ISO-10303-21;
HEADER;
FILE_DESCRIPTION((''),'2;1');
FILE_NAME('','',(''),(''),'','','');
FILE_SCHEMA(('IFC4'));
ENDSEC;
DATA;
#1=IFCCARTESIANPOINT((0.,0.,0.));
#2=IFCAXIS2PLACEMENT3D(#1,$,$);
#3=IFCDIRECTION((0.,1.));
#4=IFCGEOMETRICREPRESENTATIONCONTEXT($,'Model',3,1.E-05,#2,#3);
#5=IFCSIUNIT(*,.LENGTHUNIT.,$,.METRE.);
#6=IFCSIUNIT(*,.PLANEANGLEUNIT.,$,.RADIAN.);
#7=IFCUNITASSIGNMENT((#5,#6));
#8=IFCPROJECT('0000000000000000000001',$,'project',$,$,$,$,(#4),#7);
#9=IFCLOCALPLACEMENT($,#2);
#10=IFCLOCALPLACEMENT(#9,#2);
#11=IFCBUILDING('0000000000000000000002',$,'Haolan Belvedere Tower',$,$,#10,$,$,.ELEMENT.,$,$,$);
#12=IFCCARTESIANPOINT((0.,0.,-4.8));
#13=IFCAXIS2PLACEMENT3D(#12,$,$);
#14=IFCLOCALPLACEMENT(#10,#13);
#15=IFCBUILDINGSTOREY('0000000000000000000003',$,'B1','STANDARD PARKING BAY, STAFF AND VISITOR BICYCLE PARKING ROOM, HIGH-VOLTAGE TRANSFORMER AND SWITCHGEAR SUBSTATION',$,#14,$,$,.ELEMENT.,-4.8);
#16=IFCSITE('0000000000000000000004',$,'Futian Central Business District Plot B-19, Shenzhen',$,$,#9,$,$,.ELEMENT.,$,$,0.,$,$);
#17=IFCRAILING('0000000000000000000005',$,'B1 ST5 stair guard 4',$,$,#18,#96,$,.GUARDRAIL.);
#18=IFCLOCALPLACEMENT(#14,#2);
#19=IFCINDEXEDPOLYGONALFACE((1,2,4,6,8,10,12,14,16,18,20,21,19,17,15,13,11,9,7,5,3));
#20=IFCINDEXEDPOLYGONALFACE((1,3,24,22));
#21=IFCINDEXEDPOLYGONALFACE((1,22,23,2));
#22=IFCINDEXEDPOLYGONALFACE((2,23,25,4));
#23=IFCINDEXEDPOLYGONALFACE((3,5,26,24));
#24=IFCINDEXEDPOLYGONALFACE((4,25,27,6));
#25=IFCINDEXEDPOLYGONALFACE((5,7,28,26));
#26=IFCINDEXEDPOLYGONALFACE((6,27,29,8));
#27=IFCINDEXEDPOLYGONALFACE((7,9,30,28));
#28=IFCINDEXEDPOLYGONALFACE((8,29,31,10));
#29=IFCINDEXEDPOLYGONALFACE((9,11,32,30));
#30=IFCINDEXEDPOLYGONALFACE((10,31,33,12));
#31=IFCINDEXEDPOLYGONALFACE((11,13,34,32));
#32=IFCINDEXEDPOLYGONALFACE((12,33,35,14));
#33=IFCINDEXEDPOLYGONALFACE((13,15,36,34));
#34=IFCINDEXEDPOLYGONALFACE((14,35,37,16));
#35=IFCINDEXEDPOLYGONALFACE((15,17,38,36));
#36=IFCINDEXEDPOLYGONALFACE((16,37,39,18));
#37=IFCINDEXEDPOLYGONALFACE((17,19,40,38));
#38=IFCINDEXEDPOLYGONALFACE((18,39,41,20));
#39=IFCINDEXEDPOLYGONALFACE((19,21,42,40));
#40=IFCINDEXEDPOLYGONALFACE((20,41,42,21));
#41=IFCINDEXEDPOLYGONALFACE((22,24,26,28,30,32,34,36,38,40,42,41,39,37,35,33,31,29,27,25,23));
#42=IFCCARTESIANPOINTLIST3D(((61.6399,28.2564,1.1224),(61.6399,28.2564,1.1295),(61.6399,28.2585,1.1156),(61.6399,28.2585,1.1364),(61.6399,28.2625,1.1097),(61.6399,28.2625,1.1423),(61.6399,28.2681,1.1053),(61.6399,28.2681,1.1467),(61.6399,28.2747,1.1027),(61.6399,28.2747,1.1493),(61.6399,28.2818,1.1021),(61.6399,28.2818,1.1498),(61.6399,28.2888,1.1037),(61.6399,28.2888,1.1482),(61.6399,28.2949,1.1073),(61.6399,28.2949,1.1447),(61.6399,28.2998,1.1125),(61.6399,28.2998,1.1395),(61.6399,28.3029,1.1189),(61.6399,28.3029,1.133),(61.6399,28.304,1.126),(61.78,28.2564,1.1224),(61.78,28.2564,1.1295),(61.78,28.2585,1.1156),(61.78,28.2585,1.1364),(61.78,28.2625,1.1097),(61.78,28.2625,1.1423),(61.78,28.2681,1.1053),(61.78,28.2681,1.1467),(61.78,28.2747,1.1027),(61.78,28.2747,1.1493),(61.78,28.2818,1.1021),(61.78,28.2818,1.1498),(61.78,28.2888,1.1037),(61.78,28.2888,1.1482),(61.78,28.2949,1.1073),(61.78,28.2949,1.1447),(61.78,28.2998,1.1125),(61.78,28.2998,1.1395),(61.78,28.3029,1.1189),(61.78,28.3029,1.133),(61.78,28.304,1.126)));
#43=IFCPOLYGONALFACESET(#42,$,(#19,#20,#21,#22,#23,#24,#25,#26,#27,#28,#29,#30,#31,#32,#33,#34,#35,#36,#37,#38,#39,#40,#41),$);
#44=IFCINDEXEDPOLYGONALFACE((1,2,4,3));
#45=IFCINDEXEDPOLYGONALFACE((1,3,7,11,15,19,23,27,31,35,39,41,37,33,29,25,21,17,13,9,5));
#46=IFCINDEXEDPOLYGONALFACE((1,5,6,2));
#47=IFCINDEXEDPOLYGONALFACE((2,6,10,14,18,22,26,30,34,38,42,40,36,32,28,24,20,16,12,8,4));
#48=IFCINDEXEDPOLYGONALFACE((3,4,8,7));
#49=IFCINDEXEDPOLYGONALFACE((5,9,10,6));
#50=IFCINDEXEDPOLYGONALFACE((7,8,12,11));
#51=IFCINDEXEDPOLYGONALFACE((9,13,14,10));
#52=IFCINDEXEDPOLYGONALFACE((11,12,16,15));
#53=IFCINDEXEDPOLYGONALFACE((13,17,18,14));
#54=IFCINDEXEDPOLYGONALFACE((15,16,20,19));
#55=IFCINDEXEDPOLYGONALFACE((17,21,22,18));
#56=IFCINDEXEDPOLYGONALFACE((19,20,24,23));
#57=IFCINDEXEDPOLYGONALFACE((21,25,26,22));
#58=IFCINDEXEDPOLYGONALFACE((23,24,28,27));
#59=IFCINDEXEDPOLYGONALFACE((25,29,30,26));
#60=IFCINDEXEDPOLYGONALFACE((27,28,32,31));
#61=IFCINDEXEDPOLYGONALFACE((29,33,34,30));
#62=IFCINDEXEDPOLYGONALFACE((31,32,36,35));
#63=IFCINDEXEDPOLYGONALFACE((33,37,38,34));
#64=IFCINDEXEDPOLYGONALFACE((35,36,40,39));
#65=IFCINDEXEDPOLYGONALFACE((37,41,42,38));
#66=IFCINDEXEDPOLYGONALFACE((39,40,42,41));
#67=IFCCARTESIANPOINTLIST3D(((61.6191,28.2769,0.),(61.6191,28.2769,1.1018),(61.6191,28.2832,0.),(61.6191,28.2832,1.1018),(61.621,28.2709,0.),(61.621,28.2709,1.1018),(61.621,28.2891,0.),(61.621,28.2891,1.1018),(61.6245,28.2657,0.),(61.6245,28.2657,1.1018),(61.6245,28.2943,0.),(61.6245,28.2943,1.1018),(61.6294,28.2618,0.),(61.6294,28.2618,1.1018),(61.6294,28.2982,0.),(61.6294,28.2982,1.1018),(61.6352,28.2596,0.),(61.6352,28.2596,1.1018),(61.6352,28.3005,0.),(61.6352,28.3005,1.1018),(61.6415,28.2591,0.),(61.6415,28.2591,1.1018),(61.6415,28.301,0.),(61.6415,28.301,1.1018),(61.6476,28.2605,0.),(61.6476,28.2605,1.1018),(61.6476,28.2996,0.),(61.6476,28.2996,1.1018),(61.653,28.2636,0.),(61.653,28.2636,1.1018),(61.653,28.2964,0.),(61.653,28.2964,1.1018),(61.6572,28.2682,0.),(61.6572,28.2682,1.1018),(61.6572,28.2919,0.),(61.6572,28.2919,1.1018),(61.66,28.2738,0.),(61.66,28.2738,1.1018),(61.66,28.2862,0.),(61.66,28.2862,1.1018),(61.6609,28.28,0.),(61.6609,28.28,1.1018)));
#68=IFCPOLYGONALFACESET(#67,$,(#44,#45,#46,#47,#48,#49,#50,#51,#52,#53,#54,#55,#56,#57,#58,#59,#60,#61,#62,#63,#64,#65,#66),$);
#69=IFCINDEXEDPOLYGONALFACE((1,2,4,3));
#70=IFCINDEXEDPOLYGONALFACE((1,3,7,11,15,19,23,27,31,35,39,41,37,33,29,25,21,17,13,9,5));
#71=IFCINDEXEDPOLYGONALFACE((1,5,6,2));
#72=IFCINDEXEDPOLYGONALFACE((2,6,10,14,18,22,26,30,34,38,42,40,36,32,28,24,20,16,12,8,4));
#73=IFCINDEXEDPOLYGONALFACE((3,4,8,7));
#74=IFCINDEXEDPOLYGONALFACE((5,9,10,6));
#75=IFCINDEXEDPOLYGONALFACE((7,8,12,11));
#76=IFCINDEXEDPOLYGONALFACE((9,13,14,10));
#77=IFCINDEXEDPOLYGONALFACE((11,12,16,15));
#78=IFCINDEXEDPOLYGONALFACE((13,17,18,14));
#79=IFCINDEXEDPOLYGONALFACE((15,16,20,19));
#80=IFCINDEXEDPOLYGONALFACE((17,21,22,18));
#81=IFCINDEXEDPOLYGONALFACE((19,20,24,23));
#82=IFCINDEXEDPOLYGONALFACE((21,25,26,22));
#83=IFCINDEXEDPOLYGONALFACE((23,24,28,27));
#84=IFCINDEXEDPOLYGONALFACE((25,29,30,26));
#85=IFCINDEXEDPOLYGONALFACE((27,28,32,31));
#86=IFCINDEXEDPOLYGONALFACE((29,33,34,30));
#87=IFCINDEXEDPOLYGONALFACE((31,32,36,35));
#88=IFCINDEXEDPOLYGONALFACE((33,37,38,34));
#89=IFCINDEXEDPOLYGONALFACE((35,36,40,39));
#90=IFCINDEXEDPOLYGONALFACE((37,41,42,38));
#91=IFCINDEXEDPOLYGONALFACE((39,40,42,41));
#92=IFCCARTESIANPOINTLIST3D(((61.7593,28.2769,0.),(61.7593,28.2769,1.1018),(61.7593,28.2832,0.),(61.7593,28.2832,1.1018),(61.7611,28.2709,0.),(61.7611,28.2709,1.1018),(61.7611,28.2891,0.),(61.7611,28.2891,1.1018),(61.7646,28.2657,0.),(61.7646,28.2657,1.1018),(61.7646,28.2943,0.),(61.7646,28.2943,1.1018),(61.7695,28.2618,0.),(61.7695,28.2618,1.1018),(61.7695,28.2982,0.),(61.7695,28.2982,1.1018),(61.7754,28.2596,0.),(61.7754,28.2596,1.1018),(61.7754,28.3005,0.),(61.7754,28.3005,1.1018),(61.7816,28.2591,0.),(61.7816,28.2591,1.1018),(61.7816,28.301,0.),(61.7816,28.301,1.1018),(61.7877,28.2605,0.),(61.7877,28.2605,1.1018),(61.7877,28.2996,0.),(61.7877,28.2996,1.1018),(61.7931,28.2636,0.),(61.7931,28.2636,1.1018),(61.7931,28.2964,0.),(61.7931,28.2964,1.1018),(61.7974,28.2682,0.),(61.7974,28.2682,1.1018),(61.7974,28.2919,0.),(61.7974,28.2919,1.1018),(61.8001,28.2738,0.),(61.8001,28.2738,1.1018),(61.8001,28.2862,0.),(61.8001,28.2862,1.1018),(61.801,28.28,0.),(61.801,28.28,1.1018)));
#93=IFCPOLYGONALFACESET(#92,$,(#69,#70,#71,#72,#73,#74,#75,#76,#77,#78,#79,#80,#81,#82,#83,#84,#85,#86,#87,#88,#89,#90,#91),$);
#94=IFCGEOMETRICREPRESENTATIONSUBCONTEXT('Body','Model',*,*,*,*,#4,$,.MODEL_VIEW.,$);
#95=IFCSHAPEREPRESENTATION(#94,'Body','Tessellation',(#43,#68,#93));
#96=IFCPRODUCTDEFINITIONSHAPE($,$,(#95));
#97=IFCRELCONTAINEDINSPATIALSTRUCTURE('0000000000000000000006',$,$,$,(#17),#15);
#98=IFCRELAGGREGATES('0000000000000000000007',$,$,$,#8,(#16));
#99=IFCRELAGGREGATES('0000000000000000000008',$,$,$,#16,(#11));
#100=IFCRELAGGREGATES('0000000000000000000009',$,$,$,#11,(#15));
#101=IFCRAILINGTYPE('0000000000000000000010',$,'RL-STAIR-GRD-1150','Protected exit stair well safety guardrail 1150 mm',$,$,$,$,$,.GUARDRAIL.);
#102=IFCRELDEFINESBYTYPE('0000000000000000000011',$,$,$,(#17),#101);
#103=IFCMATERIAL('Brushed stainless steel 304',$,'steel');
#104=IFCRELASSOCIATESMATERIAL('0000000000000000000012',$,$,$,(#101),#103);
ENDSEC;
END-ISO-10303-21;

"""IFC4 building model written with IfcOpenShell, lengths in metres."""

from ifc_helpers import new_model, si_unit, direction, frame, origin, origin_2d, place, context, subcontext, project, spatial, circle, extrude, material, type_object, element, save


model = new_model("IFC4")

# Units and contexts
model_context = context("Model", 3, precision=1e-05, world=origin(), true_north=direction((0.0, 1.0)))
body_context = subcontext(model_context, "Body", "Model", "MODEL_VIEW")
ifc_project = project(units=[si_unit("LENGTHUNIT", "METRE"), si_unit("PLANEANGLEUNIT", "RADIAN")], contexts=[model_context])

# Site, building, storey
site_placement = place(None, origin())
site = spatial("IfcSite", under=ifc_project, at=site_placement, Name="Futian Central Business District Plot B-19, Shenzhen", CompositionType="ELEMENT", RefElevation=0.0)
building_placement = place(site_placement, origin())
building = spatial("IfcBuilding", under=site, at=building_placement, Name="Haolan Belvedere Tower", CompositionType="ELEMENT")
storey_placement = place(building_placement, frame((0.0, 0.0, -4.8)))
storey = spatial("IfcBuildingStorey", under=building, at=storey_placement, Name="B1", Description="STANDARD PARKING BAY, STAFF AND VISITOR BICYCLE PARKING ROOM, HIGH-VOLTAGE TRANSFORMER AND SWITCHGEAR SUBSTATION", CompositionType="ELEMENT", Elevation=-4.8)

# Railing
ifc_material_1 = material(Name="Brushed stainless steel 304", Category="steel")
railing_type_1 = type_object("IfcRailingType", Name="RL-STAIR-GRD-1150", Description="Protected exit stair well safety guardrail 1150 mm", PredefinedType="GUARDRAIL", material=ifc_material_1)
railing_1_placement = place(storey_placement, frame((61.6399, 28.28, 0.0)))
element("IfcRailing", 1, at=railing_1_placement, inside=storey, type_object=railing_type_1, Name="B1 ST5 stair guard 4", PredefinedType="GUARDRAIL", context=body_context, shape_type="SweptSolid", body=[
    extrude(circle(Radius=0.0239, at=origin_2d()), frame((0.0, 0.0, 1.126), z_axis=(1.0, 0.0, 0.0), x_axis=(0.0, 1.0, 0.0)), (0.0, 0.0, 1.0), 0.1401),
    extrude(circle(Radius=0.021, at=origin_2d()), origin(), (0.0, 0.0, 1.0), 1.1018),
    extrude(circle(Radius=0.021, at=origin_2d()), frame((0.1401, 0.0, 0.0)), (0.0, 0.0, 1.0), 1.1018),
])

save(model, "model.ifc")
